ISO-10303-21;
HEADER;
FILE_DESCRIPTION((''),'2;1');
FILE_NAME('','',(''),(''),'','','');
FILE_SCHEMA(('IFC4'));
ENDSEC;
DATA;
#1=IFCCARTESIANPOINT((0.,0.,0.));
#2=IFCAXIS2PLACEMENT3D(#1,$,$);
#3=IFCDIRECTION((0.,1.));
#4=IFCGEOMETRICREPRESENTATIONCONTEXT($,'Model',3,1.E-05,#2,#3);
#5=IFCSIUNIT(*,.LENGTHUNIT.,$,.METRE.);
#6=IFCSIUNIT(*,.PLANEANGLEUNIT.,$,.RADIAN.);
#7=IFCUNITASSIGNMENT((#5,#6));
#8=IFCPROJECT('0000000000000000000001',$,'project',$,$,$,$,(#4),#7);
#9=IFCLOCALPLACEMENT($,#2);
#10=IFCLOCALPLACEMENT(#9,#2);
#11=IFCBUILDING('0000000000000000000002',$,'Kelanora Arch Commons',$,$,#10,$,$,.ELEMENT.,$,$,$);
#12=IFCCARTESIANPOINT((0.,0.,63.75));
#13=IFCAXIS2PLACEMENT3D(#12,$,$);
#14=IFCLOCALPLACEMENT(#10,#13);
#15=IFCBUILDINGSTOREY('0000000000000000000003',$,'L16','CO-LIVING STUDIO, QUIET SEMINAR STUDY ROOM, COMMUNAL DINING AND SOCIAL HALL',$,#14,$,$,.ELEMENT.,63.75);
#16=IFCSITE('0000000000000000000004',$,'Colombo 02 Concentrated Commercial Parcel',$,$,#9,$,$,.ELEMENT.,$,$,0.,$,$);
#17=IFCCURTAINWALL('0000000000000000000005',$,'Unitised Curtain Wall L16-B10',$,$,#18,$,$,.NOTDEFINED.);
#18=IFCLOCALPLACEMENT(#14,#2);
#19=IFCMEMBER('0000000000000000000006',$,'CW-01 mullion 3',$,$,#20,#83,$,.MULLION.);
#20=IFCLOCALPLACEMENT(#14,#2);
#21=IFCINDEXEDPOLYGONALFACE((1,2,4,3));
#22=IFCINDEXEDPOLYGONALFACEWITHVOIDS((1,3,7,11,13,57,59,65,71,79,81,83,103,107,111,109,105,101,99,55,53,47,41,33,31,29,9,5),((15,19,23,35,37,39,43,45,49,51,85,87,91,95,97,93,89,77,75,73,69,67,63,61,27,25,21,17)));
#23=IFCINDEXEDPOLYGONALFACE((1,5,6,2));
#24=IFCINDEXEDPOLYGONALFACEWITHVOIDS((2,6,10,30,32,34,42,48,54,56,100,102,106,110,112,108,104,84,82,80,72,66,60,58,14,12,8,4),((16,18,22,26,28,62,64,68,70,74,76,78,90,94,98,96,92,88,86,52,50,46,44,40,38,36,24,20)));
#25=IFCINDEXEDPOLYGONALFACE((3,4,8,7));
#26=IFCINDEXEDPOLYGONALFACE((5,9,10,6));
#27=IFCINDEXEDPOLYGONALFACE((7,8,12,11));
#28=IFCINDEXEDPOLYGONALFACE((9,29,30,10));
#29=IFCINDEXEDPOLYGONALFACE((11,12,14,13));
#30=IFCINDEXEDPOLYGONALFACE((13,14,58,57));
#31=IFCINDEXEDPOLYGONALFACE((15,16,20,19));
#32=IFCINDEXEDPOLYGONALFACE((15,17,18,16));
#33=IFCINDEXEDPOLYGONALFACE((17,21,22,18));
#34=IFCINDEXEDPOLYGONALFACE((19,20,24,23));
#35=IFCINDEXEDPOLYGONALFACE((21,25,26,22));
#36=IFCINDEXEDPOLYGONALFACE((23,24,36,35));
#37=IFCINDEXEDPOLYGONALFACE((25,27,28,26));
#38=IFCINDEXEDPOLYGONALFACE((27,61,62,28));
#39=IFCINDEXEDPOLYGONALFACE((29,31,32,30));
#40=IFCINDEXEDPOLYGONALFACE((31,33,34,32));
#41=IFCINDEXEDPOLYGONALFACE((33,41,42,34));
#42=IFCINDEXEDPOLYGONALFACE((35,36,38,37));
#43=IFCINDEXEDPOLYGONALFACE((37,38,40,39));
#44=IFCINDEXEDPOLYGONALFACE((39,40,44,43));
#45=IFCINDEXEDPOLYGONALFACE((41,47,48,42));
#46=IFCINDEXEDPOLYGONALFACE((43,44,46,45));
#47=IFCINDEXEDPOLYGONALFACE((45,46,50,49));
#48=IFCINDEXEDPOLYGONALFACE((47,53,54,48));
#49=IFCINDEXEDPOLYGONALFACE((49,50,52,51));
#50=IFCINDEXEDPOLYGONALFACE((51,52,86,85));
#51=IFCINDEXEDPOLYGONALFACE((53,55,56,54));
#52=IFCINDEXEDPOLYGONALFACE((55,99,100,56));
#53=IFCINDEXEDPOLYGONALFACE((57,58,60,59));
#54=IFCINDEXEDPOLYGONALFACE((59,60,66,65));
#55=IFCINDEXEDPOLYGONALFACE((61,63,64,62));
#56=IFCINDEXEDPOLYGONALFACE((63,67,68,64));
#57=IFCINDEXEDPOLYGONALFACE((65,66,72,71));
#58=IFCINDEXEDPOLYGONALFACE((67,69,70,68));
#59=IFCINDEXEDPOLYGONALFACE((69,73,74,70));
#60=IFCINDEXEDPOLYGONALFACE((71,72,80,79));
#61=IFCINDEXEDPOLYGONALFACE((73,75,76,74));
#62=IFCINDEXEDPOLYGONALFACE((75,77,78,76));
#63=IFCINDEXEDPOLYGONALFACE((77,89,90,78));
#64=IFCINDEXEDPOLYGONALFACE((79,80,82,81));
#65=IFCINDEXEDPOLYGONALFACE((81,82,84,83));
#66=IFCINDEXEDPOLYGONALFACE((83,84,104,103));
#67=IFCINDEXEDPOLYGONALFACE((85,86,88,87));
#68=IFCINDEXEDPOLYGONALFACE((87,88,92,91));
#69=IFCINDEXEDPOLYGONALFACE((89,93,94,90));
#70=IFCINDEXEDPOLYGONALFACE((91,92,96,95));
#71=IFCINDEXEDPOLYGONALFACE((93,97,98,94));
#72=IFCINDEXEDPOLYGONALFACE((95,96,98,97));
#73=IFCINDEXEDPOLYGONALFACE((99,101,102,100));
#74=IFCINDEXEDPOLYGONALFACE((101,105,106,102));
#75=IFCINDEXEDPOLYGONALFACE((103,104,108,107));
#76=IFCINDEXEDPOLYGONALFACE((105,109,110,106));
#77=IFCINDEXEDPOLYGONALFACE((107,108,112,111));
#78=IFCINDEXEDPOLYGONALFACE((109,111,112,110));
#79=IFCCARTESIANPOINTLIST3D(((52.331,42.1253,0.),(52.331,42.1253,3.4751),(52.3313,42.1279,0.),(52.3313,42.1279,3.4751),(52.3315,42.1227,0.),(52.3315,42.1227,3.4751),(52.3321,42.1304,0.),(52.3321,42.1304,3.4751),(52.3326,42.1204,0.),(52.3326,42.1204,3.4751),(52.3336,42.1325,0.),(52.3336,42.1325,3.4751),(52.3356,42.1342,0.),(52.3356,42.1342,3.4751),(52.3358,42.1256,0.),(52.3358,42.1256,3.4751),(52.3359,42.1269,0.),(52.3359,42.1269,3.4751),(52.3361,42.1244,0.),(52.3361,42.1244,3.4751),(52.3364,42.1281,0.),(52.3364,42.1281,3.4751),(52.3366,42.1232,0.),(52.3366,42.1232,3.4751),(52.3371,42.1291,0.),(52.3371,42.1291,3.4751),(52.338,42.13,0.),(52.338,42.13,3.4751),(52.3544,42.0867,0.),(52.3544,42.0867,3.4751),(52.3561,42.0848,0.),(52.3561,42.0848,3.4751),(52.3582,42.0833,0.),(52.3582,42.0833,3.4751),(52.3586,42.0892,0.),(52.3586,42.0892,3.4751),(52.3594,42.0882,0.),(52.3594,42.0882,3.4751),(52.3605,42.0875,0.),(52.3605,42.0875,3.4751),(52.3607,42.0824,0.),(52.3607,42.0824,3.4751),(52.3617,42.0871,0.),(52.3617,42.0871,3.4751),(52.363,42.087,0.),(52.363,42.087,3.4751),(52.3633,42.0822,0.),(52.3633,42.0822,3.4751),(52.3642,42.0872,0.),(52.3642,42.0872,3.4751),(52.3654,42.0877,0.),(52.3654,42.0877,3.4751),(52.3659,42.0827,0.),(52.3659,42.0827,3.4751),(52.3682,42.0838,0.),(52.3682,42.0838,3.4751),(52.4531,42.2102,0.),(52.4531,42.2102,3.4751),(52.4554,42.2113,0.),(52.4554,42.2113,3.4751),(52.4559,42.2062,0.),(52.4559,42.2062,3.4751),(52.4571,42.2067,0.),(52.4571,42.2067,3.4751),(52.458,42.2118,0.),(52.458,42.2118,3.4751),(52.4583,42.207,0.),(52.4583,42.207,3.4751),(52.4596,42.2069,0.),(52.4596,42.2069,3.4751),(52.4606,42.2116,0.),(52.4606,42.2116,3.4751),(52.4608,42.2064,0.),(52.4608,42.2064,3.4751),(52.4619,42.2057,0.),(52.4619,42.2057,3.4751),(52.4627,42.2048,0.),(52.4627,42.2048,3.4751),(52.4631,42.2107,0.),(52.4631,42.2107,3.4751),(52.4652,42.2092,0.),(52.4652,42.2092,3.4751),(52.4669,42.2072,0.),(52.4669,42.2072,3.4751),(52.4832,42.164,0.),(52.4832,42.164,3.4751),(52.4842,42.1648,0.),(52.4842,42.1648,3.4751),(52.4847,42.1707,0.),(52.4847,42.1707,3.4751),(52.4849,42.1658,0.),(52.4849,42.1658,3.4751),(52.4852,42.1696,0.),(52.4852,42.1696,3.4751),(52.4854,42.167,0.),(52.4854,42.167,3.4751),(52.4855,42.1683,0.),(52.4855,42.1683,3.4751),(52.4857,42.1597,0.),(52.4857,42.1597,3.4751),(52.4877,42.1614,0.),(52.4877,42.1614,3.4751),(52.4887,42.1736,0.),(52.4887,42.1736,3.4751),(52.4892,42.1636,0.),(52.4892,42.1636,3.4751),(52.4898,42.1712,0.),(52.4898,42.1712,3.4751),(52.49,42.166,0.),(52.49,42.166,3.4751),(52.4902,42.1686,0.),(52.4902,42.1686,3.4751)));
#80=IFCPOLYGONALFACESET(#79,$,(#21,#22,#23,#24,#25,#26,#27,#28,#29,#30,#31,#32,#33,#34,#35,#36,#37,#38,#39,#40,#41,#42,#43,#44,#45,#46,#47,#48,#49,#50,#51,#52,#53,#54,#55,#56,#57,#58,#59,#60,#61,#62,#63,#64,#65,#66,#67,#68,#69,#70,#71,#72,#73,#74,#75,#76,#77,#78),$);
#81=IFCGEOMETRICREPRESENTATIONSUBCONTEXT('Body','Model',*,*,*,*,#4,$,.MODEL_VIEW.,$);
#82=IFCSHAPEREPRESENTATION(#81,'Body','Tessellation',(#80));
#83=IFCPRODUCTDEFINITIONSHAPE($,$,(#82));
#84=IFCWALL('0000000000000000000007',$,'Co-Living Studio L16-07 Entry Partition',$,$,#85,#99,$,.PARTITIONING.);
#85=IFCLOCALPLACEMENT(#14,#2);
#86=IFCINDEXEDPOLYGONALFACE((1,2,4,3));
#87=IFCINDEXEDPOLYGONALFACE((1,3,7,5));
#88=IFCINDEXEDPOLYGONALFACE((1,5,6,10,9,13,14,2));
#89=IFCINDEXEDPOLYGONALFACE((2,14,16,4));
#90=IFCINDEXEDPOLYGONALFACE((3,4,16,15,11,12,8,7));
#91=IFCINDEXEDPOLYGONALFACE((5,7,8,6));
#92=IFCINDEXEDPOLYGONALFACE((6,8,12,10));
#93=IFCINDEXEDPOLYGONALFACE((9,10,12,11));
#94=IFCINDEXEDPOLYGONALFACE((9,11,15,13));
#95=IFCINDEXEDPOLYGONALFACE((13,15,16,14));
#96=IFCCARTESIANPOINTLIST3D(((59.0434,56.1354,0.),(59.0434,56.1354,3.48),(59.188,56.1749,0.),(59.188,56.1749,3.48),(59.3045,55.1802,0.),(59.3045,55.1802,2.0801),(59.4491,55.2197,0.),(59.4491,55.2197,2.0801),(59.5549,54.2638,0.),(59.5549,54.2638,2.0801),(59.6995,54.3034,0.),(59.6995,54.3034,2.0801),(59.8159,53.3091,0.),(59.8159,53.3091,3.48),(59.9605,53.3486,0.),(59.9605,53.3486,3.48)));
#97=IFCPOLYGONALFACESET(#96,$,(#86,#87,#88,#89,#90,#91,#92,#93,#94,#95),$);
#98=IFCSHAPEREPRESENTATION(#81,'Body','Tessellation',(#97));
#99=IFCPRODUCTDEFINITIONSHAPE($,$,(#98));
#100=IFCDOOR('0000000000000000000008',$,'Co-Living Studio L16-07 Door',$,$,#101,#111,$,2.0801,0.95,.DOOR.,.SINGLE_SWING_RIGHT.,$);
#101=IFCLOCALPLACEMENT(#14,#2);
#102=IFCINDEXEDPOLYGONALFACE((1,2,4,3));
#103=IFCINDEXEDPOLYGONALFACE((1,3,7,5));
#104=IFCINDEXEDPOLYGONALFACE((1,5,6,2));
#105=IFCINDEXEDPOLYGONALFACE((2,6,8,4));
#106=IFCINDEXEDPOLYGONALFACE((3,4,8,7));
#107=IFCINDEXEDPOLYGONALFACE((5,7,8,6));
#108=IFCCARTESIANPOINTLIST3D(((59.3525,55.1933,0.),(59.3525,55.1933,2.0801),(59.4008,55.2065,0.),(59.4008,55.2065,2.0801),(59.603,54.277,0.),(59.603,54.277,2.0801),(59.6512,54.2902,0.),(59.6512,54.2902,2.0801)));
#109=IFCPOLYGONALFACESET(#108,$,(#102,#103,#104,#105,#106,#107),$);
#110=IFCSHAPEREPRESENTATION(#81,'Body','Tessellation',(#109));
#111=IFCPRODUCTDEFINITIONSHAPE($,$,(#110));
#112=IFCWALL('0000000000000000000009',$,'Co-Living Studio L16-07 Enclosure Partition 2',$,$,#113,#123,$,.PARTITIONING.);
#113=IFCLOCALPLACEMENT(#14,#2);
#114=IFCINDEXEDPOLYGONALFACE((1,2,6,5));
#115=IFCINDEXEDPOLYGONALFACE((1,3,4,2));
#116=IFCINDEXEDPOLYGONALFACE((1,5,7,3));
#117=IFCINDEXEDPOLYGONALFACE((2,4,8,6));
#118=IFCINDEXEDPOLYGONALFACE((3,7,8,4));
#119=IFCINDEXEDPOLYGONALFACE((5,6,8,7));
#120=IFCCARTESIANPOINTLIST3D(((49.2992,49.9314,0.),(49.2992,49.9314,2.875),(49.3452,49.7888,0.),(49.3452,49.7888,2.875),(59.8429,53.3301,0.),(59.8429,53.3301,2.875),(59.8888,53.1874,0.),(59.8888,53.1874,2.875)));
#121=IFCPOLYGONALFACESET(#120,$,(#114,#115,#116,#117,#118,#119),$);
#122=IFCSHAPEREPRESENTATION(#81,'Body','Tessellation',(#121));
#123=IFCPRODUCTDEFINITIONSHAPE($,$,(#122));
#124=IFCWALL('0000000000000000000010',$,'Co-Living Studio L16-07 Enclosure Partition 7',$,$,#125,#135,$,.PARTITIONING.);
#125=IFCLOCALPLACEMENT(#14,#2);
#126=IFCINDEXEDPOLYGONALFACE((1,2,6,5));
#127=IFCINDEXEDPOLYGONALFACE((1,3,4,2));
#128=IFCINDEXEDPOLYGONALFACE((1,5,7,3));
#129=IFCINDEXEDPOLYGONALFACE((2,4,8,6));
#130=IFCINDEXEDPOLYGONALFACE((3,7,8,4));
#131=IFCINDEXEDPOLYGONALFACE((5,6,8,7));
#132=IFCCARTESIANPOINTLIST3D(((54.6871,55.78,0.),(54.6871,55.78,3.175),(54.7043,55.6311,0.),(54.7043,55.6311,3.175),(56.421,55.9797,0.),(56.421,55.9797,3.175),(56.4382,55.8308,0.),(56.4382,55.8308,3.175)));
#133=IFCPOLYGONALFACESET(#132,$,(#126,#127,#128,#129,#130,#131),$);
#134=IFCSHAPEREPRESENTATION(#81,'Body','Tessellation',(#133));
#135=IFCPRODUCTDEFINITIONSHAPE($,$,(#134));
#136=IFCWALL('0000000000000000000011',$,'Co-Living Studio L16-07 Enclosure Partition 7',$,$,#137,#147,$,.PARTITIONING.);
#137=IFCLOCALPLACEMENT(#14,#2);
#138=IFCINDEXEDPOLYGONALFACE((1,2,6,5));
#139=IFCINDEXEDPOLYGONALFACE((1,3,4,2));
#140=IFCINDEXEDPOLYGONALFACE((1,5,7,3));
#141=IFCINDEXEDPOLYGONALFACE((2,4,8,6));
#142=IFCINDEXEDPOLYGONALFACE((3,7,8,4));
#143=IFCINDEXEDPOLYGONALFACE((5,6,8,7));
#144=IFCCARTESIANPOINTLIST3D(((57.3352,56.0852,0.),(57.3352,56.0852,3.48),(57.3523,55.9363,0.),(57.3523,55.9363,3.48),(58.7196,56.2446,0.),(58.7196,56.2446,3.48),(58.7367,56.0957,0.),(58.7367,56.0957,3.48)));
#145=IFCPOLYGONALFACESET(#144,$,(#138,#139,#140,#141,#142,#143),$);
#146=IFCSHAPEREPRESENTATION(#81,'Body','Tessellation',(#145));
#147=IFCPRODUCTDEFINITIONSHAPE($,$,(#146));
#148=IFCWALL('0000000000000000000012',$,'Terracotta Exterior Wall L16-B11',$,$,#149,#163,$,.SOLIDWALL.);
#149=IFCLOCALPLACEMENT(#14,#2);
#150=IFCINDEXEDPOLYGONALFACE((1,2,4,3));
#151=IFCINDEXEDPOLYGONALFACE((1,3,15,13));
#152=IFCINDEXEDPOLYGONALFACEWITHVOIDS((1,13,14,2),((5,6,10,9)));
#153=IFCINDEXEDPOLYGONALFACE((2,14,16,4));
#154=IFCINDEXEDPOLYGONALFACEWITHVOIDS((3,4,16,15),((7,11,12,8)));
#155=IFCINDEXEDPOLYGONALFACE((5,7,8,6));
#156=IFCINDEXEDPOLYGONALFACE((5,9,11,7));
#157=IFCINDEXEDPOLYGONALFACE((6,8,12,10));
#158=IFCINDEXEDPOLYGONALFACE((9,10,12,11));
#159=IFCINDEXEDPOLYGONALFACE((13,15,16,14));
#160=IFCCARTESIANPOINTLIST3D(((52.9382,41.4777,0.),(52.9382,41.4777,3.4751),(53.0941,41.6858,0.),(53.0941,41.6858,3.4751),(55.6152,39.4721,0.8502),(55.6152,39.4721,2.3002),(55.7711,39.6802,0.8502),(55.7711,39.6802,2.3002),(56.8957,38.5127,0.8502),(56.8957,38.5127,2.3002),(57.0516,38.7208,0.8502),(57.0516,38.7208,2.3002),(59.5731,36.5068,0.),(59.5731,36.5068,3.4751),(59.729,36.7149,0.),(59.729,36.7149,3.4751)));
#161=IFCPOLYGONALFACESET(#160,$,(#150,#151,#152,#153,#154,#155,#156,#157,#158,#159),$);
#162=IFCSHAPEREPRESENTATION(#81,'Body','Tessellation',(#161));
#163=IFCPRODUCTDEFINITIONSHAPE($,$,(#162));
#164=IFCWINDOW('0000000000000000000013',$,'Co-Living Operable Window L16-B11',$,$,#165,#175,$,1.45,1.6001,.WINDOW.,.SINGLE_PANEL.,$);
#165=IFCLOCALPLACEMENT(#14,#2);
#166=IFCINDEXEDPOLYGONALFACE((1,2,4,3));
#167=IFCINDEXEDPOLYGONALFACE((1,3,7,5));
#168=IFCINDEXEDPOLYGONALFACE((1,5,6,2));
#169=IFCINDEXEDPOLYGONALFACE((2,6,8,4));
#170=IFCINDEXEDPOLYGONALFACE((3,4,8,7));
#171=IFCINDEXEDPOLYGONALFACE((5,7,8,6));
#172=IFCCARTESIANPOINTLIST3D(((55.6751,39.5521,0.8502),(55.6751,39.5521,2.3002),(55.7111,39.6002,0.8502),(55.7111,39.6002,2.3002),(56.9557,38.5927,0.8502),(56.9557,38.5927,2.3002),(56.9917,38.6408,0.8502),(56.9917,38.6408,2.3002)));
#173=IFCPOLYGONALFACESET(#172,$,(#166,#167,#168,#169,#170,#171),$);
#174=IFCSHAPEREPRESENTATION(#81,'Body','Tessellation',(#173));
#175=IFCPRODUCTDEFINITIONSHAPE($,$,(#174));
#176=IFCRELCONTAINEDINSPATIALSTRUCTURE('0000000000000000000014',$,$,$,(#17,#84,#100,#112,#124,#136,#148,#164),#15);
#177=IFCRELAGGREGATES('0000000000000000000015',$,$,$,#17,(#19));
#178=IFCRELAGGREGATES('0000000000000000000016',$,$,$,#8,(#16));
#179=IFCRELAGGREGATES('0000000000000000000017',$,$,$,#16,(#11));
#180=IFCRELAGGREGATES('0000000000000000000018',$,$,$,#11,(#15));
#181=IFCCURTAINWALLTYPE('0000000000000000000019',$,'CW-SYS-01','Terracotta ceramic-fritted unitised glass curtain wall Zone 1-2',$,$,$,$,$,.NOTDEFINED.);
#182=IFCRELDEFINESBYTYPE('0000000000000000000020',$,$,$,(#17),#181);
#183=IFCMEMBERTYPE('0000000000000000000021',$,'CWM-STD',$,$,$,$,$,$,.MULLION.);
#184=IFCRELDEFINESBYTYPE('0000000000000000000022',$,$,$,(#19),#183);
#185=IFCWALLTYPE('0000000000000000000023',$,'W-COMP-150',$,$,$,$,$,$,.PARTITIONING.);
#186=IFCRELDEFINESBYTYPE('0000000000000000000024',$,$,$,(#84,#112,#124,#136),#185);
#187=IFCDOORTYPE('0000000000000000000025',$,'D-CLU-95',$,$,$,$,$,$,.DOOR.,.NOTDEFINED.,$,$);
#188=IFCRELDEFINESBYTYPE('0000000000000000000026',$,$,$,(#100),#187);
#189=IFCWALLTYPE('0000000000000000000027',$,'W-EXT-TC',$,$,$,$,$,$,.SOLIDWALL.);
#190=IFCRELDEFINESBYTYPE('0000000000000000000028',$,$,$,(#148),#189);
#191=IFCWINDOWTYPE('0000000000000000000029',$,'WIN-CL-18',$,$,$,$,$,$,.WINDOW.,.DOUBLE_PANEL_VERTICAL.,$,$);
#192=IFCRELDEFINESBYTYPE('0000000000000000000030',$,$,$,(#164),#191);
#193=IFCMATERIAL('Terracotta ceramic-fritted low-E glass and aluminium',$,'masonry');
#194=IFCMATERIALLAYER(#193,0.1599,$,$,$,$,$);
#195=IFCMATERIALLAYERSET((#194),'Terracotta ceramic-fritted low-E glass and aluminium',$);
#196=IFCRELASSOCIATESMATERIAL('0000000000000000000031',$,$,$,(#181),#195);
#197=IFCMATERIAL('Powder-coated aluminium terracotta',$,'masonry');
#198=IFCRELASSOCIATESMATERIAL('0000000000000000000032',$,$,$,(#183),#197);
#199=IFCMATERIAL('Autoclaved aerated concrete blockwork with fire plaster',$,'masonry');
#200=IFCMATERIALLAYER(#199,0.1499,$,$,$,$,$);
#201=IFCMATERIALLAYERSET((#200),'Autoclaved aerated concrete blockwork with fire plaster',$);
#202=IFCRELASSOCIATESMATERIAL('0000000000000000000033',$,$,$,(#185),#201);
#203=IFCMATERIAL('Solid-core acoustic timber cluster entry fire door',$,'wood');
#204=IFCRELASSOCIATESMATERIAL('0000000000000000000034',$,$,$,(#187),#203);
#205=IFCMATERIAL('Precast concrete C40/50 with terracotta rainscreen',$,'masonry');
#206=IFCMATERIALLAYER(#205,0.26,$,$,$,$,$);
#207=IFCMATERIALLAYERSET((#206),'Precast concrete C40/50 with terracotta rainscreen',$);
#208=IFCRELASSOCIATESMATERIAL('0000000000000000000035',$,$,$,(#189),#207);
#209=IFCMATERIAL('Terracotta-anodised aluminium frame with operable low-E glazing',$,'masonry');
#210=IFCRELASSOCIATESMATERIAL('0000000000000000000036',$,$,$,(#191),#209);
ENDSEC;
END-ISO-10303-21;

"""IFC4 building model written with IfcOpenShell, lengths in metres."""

from ifc_helpers import new_model, si_unit, direction, frame, frame_2d, origin, origin_2d, place, context, subcontext, project, spatial, rectangle, hollow_rectangle, extrude, material, layer, layer_set, material_profile, profile_set, type_object, element, fill, aggregate, save


model = new_model("IFC4")

# Units and contexts
model_context = context("Model", 3, precision=1e-05, world=origin(), true_north=direction((0.0, 1.0)))
body_context = subcontext(model_context, "Body", "Model", "MODEL_VIEW")
ifc_project = project(units=[si_unit("LENGTHUNIT", "METRE"), si_unit("PLANEANGLEUNIT", "RADIAN")], contexts=[model_context])

# Site, building, storey
site_placement = place(None, origin())
site = spatial("IfcSite", under=ifc_project, at=site_placement, Name="Colombo 02 Concentrated Commercial Parcel", CompositionType="ELEMENT", RefElevation=0.0)
building_placement = place(site_placement, origin())
building = spatial("IfcBuilding", under=site, at=building_placement, Name="Kelanora Arch Commons", CompositionType="ELEMENT")
storey_placement = place(building_placement, frame((0.0, 0.0, 63.75)))
storey = spatial("IfcBuildingStorey", under=building, at=storey_placement, Name="L16", Description="CO-LIVING STUDIO, QUIET SEMINAR STUDY ROOM, COMMUNAL DINING AND SOCIAL HALL", CompositionType="ELEMENT", Elevation=63.75)

# Curtain wall, member
ifc_material_1 = material(Name="Terracotta ceramic-fritted low-E glass and aluminium", Category="masonry")
ifc_layer_1 = layer(ifc_material_1, 0.1599)
ifc_layer_set_1 = layer_set([ifc_layer_1], Name="Terracotta ceramic-fritted low-E glass and aluminium")
curtain_wall_type = type_object("IfcCurtainWallType", Name="CW-SYS-01", Description="Terracotta ceramic-fritted unitised glass curtain wall Zone 1-2", PredefinedType="NOTDEFINED", material=ifc_layer_set_1)
curtain_wall_placement = place(storey_placement, origin())
curtain_wall = element("IfcCurtainWall", 1, at=curtain_wall_placement, inside=storey, type_object=curtain_wall_type, Name="Unitised Curtain Wall L16-B10", PredefinedType="NOTDEFINED")
ifc_material_2 = material(Name="Powder-coated aluminium terracotta", Category="masonry")
ifc_material_profile_1 = material_profile(ifc_material_2, hollow_rectangle(XDim=0.1599, YDim=0.0601, WallThickness=0.0049, InnerFilletRadius=0.0049, OuterFilletRadius=0.01, at=origin_2d()), Name="CWM160x60")
ifc_profile_set_1 = profile_set([ifc_material_profile_1], Name="Powder-coated aluminium terracotta")
member_type = type_object("IfcMemberType", Name="CWM-STD", PredefinedType="MULLION", material=ifc_profile_set_1)
member_placement = place(storey_placement, frame((52.4106, 42.147, 0.0), z_axis=(0.0, 0.0, 1.0), x_axis=(0.83973, 0.543004, 0.0)))
member = element("IfcMember", 2, at=member_placement, type_object=member_type, Name="CW-01 mullion 3", PredefinedType="MULLION", context=body_context, shape_type="SweptSolid", body=[
    extrude(hollow_rectangle(XDim=0.1599, YDim=0.0601, WallThickness=0.0049, InnerFilletRadius=0.0049, OuterFilletRadius=0.01, at=origin_2d()), origin(), (0.0, 0.0, 1.0), 3.4751),
])
aggregate(curtain_wall, [member])

# Wall, opening, door
ifc_material_3 = material(Name="Autoclaved aerated concrete blockwork with fire plaster", Category="masonry")
ifc_layer_2 = layer(ifc_material_3, 0.1499)
ifc_layer_set_2 = layer_set([ifc_layer_2], Name="Autoclaved aerated concrete blockwork with fire plaster")
wall_type_1 = type_object("IfcWallType", Name="W-COMP-150", PredefinedType="PARTITIONING", material=ifc_layer_set_2)
wall_1_placement = place(storey_placement, frame((59.1157, 56.155, 0.0), z_axis=(0.0, 0.0, 1.0), x_axis=(0.263653, -0.964618, 0.0)))
wall_1 = element("IfcWall", 3, at=wall_1_placement, inside=storey, type_object=wall_type_1, Name="Co-Living Studio L16-07 Entry Partition", PredefinedType="PARTITIONING", context=body_context, shape_type="SweptSolid", body=[
    extrude(rectangle(XDim=2.9299, YDim=0.1499, at=frame_2d((1.4648, 0.0))), origin(), (0.0, 0.0, 1.0), 3.48),
])
opening_1_placement = place(wall_1_placement, frame((0.99, 0.0, 0.0)))
opening_1 = element("IfcOpeningElement", 4, at=opening_1_placement, cuts=wall_1, PredefinedType="OPENING", context=body_context, shape_type="SweptSolid", body=[
    extrude(rectangle(XDim=0.95, YDim=2.0801, at=frame_2d((0.4751, 1.04))), frame((0.0, 0.085, 0.0), z_axis=(0.0, -1.0, 0.0), x_axis=(1.0, 0.0, 0.0)), (0.0, 0.0, 1.0), 0.1699),
])
ifc_material_4 = material(Name="Solid-core acoustic timber cluster entry fire door", Category="wood")
door_type_1 = type_object("IfcDoorType", Name="D-CLU-95", OperationType="NOTDEFINED", PredefinedType="DOOR", material=ifc_material_4)
door_1_placement = place(opening_1_placement, origin())
door_1 = element("IfcDoor", 5, at=door_1_placement, inside=storey, type_object=door_type_1, Name="Co-Living Studio L16-07 Door", OperationType="SINGLE_SWING_RIGHT", OverallHeight=2.0801, OverallWidth=0.95, PredefinedType="DOOR", context=body_context, shape_type="SweptSolid", body=[
    extrude(rectangle(XDim=0.95, YDim=2.0801, at=frame_2d((0.4751, 1.04))), frame((0.0, 0.0249, 0.0), z_axis=(0.0, -1.0, 0.0), x_axis=(1.0, 0.0, 0.0)), (0.0, 0.0, 1.0), 0.05),
])
fill(opening_1, door_1)

# Walls
wall_2_placement = place(storey_placement, frame((59.866, 53.2588, 0.0), z_axis=(0.0, 0.0, 1.0), x_axis=(-0.951775, -0.306797, 0.0)))
element("IfcWall", 6, at=wall_2_placement, inside=storey, type_object=wall_type_1, Name="Co-Living Studio L16-07 Enclosure Partition 2", PredefinedType="PARTITIONING", context=body_context, shape_type="SweptSolid", body=[
    extrude(rectangle(XDim=11.0779, YDim=0.1499, at=frame_2d((5.5391, 0.0))), origin(), (0.0, 0.0, 1.0), 2.875),
])
wall_3_placement = place(storey_placement, frame((54.6958, 55.7056, 0.0), z_axis=(0.0, 0.0, 1.0), x_axis=(0.993432, 0.114422, 0.0)))
element("IfcWall", 7, at=wall_3_placement, inside=storey, type_object=wall_type_1, Name="Co-Living Studio L16-07 Enclosure Partition 7", PredefinedType="PARTITIONING", context=body_context, shape_type="SweptSolid", body=[
    extrude(rectangle(XDim=1.7454, YDim=0.1499, at=frame_2d((0.8726, 0.0))), origin(), (0.0, 0.0, 1.0), 3.175),
])
wall_4_placement = place(storey_placement, frame((57.3438, 56.0107, 0.0), z_axis=(0.0, 0.0, 1.0), x_axis=(0.993436, 0.114391, 0.0)))
element("IfcWall", 8, at=wall_4_placement, inside=storey, type_object=wall_type_1, Name="Co-Living Studio L16-07 Enclosure Partition 7", PredefinedType="PARTITIONING", context=body_context, shape_type="SweptSolid", body=[
    extrude(rectangle(XDim=1.3936, YDim=0.1499, at=frame_2d((0.6968, 0.0))), origin(), (0.0, 0.0, 1.0), 3.48),
])

# Wall, opening, window
ifc_material_5 = material(Name="Precast concrete C40/50 with terracotta rainscreen", Category="masonry")
ifc_layer_3 = layer(ifc_material_5, 0.26)
ifc_layer_set_3 = layer_set([ifc_layer_3], Name="Precast concrete C40/50 with terracotta rainscreen")
wall_type_2 = type_object("IfcWallType", Name="W-EXT-TC", PredefinedType="SOLIDWALL", material=ifc_layer_set_3)
wall_5_placement = place(storey_placement, frame((53.0161, 41.5818, 0.0), z_axis=(0.0, 0.0, 1.0), x_axis=(0.800307, -0.59959, 0.0)))
wall_5 = element("IfcWall", 9, at=wall_5_placement, inside=storey, type_object=wall_type_2, Name="Terracotta Exterior Wall L16-B11", PredefinedType="SOLIDWALL", context=body_context, shape_type="SweptSolid", body=[
    extrude(rectangle(XDim=8.2905, YDim=0.26, at=frame_2d((4.1453, 0.0))), origin(), (0.0, 0.0, 1.0), 3.4751),
])
opening_2_placement = place(wall_5_placement, frame((3.345, 0.0, 0.8501)))
opening_2 = element("IfcOpeningElement", 10, at=opening_2_placement, cuts=wall_5, PredefinedType="OPENING", context=body_context, shape_type="SweptSolid", body=[
    extrude(rectangle(XDim=1.6001, YDim=1.45, at=frame_2d((0.8, 0.7251))), frame((0.0, 0.1401, 0.0), z_axis=(0.0, -1.0, 0.0), x_axis=(1.0, 0.0, 0.0)), (0.0, 0.0, 1.0), 0.28),
])
ifc_material_6 = material(Name="Terracotta-anodised aluminium frame with operable low-E glazing", Category="masonry")
window_type = type_object("IfcWindowType", Name="WIN-CL-18", PartitioningType="DOUBLE_PANEL_VERTICAL", PredefinedType="WINDOW", material=ifc_material_6)
window_placement = place(opening_2_placement, origin())
window = element("IfcWindow", 11, at=window_placement, inside=storey, type_object=window_type, Name="Co-Living Operable Window L16-B11", OverallHeight=1.45, OverallWidth=1.6001, PartitioningType="SINGLE_PANEL", PredefinedType="WINDOW", context=body_context, shape_type="SweptSolid", body=[
    extrude(rectangle(XDim=1.6001, YDim=1.45, at=frame_2d((0.8, 0.7251))), frame((0.0, 0.03, 0.0), z_axis=(0.0, -1.0, 0.0), x_axis=(1.0, 0.0, 0.0)), (0.0, 0.0, 1.0), 0.0601),
])
fill(opening_2, window)

save(model, "model.ifc")
